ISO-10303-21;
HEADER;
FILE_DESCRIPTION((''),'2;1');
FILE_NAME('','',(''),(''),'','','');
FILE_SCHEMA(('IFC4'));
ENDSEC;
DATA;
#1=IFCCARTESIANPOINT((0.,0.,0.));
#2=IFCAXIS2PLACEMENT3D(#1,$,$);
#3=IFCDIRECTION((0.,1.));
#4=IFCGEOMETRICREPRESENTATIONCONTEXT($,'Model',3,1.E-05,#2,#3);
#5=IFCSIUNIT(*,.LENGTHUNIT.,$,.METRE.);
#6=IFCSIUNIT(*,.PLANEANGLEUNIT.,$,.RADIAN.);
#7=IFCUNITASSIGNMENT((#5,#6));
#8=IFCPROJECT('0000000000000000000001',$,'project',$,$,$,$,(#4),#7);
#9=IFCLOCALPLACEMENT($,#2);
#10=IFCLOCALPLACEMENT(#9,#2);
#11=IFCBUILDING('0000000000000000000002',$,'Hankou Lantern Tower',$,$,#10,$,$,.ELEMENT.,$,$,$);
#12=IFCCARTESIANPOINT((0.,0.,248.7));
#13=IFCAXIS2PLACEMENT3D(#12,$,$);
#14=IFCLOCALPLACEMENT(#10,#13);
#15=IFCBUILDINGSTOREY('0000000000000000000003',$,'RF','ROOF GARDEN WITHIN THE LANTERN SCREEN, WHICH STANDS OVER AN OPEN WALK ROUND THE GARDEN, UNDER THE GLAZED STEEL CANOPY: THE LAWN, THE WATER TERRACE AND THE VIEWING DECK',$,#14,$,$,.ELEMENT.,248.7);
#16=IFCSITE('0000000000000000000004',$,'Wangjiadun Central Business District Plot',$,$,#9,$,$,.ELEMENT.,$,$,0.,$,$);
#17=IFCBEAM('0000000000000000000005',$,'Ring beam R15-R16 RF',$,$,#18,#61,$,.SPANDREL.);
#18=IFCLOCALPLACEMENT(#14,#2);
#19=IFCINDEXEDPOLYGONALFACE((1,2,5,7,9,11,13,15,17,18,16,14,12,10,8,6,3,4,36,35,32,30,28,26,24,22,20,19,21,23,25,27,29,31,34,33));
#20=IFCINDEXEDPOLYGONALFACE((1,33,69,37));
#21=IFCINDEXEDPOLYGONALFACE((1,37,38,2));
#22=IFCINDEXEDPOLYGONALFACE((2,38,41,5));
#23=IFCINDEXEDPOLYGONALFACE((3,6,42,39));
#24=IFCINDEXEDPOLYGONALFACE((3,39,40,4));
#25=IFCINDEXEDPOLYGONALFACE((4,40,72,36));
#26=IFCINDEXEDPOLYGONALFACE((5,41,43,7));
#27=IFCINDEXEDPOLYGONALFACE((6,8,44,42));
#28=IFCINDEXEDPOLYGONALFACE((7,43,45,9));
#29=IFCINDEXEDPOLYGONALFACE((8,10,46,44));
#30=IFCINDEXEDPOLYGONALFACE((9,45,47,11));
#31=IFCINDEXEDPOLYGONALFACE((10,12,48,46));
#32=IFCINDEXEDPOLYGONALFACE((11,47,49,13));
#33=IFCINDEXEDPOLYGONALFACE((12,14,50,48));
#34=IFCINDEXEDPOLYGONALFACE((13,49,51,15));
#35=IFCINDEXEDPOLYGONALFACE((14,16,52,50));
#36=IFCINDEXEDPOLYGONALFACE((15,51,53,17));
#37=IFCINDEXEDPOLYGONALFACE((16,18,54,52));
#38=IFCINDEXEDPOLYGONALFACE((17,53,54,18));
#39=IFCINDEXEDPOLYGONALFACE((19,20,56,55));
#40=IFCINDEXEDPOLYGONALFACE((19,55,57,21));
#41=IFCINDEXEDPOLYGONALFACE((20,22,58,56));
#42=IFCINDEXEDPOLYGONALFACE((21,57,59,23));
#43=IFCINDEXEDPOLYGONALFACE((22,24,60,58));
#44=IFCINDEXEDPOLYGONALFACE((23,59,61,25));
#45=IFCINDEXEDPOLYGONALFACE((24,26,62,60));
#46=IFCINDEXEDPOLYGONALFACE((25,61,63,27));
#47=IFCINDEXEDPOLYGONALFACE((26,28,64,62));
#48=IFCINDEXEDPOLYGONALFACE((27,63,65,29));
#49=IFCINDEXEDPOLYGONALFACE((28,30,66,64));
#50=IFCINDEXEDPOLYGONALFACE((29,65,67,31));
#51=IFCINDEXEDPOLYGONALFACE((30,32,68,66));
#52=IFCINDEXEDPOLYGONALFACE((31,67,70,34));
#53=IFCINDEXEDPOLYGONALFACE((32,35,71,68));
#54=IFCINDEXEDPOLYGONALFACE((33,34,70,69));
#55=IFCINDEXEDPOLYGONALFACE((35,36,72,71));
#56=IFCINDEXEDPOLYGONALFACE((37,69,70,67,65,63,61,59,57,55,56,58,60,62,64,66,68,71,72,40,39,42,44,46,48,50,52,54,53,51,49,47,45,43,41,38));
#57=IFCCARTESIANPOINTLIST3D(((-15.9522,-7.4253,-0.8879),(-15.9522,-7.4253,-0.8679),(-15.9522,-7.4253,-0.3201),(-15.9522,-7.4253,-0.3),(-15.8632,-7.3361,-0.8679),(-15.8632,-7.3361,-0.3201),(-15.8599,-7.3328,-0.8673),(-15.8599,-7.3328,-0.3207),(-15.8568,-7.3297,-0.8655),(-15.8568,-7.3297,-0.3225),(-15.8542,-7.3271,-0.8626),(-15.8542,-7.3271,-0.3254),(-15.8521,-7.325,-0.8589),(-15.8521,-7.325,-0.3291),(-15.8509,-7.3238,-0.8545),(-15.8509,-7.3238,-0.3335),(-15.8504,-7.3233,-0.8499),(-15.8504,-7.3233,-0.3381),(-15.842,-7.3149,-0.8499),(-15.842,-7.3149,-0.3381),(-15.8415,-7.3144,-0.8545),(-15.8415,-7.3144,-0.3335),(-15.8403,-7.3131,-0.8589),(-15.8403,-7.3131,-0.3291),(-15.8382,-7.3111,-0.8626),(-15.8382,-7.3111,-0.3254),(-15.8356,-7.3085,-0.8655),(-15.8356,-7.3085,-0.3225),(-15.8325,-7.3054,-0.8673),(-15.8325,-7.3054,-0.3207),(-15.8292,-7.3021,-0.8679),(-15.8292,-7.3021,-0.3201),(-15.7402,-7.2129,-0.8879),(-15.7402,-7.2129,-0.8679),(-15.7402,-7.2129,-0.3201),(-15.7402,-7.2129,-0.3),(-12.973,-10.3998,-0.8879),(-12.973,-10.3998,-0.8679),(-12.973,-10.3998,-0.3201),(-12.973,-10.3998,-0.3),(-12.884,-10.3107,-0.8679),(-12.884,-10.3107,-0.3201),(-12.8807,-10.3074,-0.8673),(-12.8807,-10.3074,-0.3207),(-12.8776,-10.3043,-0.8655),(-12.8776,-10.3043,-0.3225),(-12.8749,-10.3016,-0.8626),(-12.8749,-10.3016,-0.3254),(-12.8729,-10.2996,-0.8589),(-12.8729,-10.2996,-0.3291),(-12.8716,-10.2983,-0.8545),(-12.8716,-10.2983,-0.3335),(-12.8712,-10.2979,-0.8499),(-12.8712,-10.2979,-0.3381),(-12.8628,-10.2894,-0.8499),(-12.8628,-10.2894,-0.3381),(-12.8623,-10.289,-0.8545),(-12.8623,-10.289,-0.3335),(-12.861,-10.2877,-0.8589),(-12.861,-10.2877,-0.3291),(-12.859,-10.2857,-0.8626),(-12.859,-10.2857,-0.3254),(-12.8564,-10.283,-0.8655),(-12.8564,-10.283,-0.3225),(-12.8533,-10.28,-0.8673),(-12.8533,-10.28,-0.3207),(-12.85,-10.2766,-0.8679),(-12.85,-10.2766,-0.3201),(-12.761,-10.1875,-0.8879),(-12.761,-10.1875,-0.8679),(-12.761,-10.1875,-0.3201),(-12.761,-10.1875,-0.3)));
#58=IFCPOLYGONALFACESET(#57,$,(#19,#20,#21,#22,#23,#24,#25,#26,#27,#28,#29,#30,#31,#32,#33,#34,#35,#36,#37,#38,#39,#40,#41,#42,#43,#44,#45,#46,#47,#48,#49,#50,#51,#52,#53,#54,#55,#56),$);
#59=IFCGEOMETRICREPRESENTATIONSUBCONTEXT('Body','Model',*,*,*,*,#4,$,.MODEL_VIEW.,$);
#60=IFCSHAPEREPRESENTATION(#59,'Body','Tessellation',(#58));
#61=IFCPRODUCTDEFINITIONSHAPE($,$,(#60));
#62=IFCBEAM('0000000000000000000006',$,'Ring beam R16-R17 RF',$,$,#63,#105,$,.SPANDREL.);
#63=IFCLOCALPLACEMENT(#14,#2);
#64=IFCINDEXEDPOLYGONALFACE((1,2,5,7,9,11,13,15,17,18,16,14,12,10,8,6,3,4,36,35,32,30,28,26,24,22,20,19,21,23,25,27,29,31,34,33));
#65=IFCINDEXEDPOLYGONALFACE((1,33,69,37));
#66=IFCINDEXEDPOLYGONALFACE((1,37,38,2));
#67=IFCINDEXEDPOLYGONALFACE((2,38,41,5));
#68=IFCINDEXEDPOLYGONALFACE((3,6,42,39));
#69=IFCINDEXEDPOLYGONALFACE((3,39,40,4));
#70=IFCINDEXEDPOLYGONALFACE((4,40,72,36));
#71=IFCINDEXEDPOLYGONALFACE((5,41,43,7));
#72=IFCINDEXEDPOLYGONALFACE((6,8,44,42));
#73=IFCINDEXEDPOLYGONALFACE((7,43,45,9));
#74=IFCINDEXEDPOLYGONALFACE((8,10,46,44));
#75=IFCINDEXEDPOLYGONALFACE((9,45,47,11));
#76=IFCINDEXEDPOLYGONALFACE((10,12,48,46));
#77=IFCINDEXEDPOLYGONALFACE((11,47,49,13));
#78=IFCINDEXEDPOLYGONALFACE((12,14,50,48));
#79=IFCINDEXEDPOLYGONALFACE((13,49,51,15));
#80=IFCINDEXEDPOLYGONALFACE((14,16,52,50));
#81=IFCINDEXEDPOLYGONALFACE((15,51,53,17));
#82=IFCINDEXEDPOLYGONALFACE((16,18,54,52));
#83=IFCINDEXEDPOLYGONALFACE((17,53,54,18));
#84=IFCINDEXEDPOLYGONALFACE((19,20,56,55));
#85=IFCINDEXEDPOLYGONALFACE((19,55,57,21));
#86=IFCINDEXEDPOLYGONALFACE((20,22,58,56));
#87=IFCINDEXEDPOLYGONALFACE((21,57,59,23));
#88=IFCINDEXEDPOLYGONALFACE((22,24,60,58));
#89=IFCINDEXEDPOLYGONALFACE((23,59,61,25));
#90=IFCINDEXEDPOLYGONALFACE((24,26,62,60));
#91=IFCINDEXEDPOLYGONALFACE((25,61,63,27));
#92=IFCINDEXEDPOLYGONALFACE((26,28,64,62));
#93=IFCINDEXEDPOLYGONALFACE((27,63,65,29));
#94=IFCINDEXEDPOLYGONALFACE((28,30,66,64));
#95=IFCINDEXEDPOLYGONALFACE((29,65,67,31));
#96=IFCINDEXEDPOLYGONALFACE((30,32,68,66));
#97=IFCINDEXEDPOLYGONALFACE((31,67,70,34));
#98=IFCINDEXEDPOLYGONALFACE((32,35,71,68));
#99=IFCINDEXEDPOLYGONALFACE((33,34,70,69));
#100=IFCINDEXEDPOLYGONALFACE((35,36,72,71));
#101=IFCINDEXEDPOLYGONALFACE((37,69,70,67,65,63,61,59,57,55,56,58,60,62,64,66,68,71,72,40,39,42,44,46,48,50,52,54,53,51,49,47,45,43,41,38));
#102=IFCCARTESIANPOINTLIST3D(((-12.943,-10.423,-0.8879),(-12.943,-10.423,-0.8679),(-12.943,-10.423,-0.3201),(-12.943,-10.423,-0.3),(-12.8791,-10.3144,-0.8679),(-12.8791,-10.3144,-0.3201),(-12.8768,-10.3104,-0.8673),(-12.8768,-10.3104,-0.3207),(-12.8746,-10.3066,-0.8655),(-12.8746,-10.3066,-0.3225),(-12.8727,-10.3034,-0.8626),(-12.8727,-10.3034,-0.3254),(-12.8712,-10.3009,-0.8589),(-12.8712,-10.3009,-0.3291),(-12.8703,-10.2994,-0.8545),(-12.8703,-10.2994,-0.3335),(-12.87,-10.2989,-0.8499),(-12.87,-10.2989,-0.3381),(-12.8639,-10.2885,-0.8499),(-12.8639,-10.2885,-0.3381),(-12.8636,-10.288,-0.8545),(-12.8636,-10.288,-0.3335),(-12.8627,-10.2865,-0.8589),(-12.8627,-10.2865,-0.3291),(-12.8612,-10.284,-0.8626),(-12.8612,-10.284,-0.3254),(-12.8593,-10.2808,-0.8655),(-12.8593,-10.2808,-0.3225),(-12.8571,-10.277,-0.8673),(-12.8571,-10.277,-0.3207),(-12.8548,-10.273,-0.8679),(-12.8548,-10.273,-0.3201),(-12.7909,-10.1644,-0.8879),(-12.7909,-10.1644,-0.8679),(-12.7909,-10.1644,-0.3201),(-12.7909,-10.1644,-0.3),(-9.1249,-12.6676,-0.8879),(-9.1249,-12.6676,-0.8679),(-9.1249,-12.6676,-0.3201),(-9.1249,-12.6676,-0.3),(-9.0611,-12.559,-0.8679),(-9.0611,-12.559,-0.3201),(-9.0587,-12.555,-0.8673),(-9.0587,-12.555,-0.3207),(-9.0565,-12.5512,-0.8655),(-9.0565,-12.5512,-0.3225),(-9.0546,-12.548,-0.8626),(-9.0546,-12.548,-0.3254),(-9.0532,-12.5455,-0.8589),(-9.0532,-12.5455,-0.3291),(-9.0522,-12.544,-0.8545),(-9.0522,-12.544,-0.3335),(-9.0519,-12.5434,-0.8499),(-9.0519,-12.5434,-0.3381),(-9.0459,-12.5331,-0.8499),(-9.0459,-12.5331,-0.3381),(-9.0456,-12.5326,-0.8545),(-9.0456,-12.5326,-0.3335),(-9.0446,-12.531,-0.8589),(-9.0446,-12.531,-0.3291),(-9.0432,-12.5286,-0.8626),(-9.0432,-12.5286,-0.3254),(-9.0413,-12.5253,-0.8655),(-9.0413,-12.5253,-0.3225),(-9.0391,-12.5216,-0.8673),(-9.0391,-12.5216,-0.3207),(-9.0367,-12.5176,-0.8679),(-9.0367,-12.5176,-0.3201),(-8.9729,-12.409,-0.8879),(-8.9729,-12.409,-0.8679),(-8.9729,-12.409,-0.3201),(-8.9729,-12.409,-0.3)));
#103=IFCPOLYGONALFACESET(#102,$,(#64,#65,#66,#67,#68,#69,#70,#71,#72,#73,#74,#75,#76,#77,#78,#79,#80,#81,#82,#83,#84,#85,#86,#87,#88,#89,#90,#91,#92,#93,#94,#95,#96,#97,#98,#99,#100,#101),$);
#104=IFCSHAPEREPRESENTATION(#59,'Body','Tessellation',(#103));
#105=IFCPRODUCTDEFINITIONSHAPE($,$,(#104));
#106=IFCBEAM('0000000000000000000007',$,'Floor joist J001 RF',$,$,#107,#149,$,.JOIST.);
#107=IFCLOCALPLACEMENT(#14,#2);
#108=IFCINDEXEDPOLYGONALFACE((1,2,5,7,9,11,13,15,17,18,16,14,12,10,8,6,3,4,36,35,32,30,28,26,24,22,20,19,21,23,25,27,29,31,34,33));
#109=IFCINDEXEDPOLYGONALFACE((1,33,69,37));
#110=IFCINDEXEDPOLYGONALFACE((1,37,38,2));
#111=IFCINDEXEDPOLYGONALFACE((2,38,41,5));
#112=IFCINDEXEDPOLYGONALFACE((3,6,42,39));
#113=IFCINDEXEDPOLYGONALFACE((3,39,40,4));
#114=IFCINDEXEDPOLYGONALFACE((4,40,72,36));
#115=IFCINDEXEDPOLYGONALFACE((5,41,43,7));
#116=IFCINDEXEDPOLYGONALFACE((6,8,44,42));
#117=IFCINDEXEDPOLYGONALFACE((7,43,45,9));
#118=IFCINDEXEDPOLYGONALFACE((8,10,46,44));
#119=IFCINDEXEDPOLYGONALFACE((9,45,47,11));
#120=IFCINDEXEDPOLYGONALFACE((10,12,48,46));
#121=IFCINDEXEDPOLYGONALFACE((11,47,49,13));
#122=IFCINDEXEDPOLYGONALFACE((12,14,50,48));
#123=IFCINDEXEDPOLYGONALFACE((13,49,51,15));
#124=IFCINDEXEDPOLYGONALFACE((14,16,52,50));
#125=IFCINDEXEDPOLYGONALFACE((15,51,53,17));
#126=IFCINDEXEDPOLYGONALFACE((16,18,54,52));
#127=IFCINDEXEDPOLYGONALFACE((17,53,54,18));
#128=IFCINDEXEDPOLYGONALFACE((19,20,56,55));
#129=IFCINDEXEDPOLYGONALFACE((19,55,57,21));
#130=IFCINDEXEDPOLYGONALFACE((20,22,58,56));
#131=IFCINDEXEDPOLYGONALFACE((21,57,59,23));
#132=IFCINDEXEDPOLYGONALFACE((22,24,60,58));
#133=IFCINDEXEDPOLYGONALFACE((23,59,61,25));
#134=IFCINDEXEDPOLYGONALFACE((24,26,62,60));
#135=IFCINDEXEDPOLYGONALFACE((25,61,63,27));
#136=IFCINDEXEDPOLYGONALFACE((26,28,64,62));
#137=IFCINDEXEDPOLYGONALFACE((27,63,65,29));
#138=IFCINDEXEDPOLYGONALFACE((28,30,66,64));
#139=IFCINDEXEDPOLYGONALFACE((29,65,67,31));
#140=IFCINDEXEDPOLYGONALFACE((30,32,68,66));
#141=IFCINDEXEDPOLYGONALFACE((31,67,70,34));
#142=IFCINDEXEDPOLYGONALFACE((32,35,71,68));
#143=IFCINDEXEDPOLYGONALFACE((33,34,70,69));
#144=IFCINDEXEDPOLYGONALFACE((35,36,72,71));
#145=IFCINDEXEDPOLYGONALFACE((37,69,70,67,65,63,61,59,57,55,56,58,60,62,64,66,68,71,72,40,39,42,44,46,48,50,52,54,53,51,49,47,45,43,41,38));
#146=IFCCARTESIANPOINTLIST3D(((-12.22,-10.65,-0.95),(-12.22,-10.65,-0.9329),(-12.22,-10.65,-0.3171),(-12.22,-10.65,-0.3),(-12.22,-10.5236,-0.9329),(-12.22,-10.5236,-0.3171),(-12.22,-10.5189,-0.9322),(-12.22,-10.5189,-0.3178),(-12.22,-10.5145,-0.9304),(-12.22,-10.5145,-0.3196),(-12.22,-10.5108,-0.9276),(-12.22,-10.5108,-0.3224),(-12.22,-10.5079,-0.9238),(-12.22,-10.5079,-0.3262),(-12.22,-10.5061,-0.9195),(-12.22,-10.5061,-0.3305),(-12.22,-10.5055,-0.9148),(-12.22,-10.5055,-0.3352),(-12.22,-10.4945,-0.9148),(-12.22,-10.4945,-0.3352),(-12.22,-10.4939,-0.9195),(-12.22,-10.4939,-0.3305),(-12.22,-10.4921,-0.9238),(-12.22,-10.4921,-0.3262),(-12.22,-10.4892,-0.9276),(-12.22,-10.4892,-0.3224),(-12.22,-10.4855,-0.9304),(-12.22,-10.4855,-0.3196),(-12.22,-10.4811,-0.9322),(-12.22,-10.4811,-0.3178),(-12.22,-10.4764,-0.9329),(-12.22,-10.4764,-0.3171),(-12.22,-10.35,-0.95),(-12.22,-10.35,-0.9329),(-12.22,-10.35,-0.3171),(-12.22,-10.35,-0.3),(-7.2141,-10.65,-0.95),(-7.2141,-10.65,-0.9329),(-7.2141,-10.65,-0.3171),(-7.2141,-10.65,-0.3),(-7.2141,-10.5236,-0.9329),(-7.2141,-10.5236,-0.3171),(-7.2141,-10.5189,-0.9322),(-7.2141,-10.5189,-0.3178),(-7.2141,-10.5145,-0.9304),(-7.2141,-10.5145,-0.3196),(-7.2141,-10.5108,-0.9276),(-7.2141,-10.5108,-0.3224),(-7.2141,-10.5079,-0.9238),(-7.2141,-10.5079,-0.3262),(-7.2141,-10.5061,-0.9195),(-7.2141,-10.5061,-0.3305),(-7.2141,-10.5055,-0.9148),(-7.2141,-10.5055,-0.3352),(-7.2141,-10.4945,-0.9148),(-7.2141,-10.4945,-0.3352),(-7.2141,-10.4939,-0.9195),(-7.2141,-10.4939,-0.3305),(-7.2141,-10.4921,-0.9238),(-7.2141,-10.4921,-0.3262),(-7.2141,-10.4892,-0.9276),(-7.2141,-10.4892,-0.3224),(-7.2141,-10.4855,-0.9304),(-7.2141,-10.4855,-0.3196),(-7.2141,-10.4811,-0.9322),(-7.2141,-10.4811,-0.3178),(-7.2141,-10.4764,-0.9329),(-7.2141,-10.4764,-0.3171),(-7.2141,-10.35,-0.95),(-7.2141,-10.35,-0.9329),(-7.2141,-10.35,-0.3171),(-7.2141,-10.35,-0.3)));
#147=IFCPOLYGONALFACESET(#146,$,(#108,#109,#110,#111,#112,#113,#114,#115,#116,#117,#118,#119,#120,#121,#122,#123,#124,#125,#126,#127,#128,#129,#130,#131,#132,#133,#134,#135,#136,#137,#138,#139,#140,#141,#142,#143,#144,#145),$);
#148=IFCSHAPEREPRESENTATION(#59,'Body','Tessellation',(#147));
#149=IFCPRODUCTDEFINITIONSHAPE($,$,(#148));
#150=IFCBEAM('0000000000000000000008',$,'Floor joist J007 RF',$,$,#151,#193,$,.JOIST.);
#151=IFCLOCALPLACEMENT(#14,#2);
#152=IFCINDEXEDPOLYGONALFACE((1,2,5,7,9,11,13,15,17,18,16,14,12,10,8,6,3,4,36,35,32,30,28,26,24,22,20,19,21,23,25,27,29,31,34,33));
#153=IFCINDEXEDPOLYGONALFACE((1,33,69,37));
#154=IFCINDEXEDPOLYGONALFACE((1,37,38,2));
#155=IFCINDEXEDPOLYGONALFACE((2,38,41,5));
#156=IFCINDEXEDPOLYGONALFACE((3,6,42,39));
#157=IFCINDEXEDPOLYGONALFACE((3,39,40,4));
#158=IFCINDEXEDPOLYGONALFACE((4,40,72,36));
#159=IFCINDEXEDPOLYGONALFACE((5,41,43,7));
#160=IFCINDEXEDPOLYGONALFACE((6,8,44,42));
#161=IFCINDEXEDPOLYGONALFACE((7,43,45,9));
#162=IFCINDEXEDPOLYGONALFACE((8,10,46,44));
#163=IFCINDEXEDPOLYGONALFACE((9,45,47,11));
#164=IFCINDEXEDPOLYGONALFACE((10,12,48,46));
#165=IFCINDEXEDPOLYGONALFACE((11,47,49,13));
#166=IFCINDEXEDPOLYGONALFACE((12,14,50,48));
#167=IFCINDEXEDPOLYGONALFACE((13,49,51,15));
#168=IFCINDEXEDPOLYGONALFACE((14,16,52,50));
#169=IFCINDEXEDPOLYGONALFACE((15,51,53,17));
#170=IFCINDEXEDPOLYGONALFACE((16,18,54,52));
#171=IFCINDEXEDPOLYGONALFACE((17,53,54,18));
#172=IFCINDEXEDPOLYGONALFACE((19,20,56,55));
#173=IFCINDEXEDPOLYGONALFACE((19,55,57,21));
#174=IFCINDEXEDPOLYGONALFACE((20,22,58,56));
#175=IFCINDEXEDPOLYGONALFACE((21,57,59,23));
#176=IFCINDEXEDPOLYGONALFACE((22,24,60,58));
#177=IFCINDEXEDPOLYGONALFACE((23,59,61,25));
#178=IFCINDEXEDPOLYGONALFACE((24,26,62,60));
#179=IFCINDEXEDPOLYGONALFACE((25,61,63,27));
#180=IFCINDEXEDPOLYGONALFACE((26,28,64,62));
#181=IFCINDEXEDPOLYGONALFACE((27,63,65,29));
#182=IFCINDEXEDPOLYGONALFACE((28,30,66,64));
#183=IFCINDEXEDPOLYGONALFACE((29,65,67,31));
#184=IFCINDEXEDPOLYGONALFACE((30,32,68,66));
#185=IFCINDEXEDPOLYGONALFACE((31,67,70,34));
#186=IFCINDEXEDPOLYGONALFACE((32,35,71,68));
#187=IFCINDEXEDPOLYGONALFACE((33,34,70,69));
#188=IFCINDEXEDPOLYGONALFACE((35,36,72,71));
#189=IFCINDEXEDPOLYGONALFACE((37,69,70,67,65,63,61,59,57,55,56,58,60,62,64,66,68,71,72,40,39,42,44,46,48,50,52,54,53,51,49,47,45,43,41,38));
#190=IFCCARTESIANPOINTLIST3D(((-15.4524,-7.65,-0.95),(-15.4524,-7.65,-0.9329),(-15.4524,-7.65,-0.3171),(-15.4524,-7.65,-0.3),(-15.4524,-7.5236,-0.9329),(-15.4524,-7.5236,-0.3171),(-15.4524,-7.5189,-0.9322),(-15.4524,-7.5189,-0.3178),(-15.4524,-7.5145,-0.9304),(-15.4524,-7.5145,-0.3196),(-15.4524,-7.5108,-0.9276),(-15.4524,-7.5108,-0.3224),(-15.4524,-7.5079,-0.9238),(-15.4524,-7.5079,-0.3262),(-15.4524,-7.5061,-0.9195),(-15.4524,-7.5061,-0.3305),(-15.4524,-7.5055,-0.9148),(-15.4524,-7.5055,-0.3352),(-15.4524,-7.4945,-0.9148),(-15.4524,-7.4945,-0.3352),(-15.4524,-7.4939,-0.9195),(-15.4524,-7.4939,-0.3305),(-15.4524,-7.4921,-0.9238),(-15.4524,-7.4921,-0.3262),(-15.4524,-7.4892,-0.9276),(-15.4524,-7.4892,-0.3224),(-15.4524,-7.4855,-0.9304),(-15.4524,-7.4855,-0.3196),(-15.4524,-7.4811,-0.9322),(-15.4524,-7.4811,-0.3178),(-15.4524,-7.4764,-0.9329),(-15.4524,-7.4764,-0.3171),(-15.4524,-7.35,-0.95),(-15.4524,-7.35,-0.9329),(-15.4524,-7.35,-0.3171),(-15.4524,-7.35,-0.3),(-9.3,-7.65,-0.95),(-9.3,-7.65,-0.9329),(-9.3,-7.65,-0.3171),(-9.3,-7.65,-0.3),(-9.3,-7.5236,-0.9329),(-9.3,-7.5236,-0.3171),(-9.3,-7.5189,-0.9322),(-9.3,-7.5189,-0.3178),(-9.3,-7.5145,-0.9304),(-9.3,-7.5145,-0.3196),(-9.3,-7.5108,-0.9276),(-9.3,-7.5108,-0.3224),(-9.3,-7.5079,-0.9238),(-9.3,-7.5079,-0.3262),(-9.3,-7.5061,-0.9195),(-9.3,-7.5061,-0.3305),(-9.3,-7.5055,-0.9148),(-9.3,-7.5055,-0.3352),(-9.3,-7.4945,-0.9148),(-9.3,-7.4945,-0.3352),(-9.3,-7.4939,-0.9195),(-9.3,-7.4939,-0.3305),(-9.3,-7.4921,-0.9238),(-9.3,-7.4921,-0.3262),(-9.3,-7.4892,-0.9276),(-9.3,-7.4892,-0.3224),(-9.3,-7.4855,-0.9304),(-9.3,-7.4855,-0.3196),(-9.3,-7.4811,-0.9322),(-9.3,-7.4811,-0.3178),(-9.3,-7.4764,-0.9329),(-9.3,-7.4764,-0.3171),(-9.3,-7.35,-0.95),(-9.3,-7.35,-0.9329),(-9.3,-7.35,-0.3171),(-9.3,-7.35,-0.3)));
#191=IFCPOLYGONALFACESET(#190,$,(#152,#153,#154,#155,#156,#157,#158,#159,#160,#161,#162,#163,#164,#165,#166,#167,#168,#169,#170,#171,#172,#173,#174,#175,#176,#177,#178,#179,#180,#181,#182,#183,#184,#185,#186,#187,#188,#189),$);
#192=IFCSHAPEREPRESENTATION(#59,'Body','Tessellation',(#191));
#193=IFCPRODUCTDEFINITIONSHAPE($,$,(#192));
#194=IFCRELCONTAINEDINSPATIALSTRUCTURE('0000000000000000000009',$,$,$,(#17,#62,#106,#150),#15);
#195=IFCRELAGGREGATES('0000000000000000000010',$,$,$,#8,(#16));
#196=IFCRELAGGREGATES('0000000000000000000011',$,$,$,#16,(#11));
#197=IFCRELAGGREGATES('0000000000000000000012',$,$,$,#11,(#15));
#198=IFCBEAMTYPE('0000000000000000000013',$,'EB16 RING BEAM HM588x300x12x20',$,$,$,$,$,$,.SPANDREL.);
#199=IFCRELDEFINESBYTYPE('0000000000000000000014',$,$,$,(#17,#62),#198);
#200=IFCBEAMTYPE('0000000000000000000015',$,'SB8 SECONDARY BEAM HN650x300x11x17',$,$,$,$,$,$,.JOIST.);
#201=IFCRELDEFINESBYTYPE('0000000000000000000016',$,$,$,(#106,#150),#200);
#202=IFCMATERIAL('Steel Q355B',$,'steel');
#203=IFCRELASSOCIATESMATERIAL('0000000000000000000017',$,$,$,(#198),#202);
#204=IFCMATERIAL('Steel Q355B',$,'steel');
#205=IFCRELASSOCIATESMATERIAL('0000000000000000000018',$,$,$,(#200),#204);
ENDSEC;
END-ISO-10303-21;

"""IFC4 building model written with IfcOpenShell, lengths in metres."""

from ifc_helpers import new_model, si_unit, direction, frame, origin, origin_2d, place, context, subcontext, project, spatial, i_section, extrude, material, material_profile, profile_set, type_object, element, save


model = new_model("IFC4")

# Units and contexts
model_context = context("Model", 3, precision=1e-05, world=origin(), true_north=direction((0.0, 1.0)))
body_context = subcontext(model_context, "Body", "Model", "MODEL_VIEW")
ifc_project = project(units=[si_unit("LENGTHUNIT", "METRE"), si_unit("PLANEANGLEUNIT", "RADIAN")], contexts=[model_context])

# Site, building, storey
site_placement = place(None, origin())
site = spatial("IfcSite", under=ifc_project, at=site_placement, Name="Wangjiadun Central Business District Plot", CompositionType="ELEMENT", RefElevation=0.0)
building_placement = place(site_placement, origin())
building = spatial("IfcBuilding", under=site, at=building_placement, Name="Hankou Lantern Tower", CompositionType="ELEMENT")
storey_placement = place(building_placement, frame((0.0, 0.0, 248.7)))
storey = spatial("IfcBuildingStorey", under=building, at=storey_placement, Name="RF", Description="ROOF GARDEN WITHIN THE LANTERN SCREEN, WHICH STANDS OVER AN OPEN WALK ROUND THE GARDEN, UNDER THE GLAZED STEEL CANOPY: THE LAWN, THE WATER TERRACE AND THE VIEWING DECK", CompositionType="ELEMENT", Elevation=248.7)

# Beams
ifc_material_1 = material(Name="Steel Q355B", Category="steel")
ifc_material_profile_1 = material_profile(ifc_material_1, i_section(OverallWidth=0.3, OverallDepth=0.5879, WebThickness=0.012, FlangeThickness=0.02, FilletRadius=0.0181, at=origin_2d()), Name="HM588x300x12x20")
ifc_profile_set_1 = profile_set([ifc_material_profile_1], Name="Steel Q355B")
beam_type_1 = type_object("IfcBeamType", Name="EB16 RING BEAM HM588x300x12x20", PredefinedType="SPANDREL", material=ifc_profile_set_1)
beam_1_placement = place(storey_placement, frame((-15.8462, -7.3191, -0.594), z_axis=(0.707657, -0.706556, 0.0), x_axis=(0.706556, 0.707657, 0.0)))
element("IfcBeam", 1, at=beam_1_placement, inside=storey, type_object=beam_type_1, Name="Ring beam R15-R16 RF", PredefinedType="SPANDREL", context=body_context, shape_type="SweptSolid", body=[
    extrude(i_section(OverallWidth=0.3, OverallDepth=0.5879, WebThickness=0.012, FlangeThickness=0.02, FilletRadius=0.0181, at=origin_2d()), origin(), (0.0, 0.0, 1.0), 4.21),
])
beam_2_placement = place(storey_placement, frame((-12.8669, -10.2937, -0.594), z_axis=(0.862065, -0.506798, 0.0), x_axis=(0.506798, 0.862065, 0.0)))
element("IfcBeam", 2, at=beam_2_placement, inside=storey, type_object=beam_type_1, Name="Ring beam R16-R17 RF", PredefinedType="SPANDREL", context=body_context, shape_type="SweptSolid", body=[
    extrude(i_section(OverallWidth=0.3, OverallDepth=0.5879, WebThickness=0.012, FlangeThickness=0.02, FilletRadius=0.0181, at=origin_2d()), origin(), (0.0, 0.0, 1.0), 4.429),
])
ifc_material_2 = material(Name="Steel Q355B", Category="steel")
ifc_material_profile_2 = material_profile(ifc_material_2, i_section(OverallWidth=0.3, OverallDepth=0.6499, WebThickness=0.011, FlangeThickness=0.0171, FilletRadius=0.0181, at=origin_2d()), Name="HN650x300x11x17")
ifc_profile_set_2 = profile_set([ifc_material_profile_2], Name="Steel Q355B")
beam_type_2 = type_object("IfcBeamType", Name="SB8 SECONDARY BEAM HN650x300x11x17", PredefinedType="JOIST", material=ifc_profile_set_2)
beam_3_placement = place(storey_placement, frame((-12.22, -10.5, -0.625), z_axis=(1.0, 0.0, 0.0), x_axis=(0.0, 1.0, 0.0)))
element("IfcBeam", 3, at=beam_3_placement, inside=storey, type_object=beam_type_2, Name="Floor joist J001 RF", PredefinedType="JOIST", context=body_context, shape_type="SweptSolid", body=[
    extrude(i_section(OverallWidth=0.3, OverallDepth=0.6499, WebThickness=0.011, FlangeThickness=0.0171, FilletRadius=0.0181, at=origin_2d()), origin(), (0.0, 0.0, 1.0), 5.0059),
])
beam_4_placement = place(storey_placement, frame((-15.4524, -7.5, -0.625), z_axis=(1.0, 0.0, 0.0), x_axis=(0.0, 1.0, 0.0)))
element("IfcBeam", 4, at=beam_4_placement, inside=storey, type_object=beam_type_2, Name="Floor joist J007 RF", PredefinedType="JOIST", context=body_context, shape_type="SweptSolid", body=[
    extrude(i_section(OverallWidth=0.3, OverallDepth=0.6499, WebThickness=0.011, FlangeThickness=0.0171, FilletRadius=0.0181, at=origin_2d()), origin(), (0.0, 0.0, 1.0), 6.1523),
])

save(model, "model.ifc")
